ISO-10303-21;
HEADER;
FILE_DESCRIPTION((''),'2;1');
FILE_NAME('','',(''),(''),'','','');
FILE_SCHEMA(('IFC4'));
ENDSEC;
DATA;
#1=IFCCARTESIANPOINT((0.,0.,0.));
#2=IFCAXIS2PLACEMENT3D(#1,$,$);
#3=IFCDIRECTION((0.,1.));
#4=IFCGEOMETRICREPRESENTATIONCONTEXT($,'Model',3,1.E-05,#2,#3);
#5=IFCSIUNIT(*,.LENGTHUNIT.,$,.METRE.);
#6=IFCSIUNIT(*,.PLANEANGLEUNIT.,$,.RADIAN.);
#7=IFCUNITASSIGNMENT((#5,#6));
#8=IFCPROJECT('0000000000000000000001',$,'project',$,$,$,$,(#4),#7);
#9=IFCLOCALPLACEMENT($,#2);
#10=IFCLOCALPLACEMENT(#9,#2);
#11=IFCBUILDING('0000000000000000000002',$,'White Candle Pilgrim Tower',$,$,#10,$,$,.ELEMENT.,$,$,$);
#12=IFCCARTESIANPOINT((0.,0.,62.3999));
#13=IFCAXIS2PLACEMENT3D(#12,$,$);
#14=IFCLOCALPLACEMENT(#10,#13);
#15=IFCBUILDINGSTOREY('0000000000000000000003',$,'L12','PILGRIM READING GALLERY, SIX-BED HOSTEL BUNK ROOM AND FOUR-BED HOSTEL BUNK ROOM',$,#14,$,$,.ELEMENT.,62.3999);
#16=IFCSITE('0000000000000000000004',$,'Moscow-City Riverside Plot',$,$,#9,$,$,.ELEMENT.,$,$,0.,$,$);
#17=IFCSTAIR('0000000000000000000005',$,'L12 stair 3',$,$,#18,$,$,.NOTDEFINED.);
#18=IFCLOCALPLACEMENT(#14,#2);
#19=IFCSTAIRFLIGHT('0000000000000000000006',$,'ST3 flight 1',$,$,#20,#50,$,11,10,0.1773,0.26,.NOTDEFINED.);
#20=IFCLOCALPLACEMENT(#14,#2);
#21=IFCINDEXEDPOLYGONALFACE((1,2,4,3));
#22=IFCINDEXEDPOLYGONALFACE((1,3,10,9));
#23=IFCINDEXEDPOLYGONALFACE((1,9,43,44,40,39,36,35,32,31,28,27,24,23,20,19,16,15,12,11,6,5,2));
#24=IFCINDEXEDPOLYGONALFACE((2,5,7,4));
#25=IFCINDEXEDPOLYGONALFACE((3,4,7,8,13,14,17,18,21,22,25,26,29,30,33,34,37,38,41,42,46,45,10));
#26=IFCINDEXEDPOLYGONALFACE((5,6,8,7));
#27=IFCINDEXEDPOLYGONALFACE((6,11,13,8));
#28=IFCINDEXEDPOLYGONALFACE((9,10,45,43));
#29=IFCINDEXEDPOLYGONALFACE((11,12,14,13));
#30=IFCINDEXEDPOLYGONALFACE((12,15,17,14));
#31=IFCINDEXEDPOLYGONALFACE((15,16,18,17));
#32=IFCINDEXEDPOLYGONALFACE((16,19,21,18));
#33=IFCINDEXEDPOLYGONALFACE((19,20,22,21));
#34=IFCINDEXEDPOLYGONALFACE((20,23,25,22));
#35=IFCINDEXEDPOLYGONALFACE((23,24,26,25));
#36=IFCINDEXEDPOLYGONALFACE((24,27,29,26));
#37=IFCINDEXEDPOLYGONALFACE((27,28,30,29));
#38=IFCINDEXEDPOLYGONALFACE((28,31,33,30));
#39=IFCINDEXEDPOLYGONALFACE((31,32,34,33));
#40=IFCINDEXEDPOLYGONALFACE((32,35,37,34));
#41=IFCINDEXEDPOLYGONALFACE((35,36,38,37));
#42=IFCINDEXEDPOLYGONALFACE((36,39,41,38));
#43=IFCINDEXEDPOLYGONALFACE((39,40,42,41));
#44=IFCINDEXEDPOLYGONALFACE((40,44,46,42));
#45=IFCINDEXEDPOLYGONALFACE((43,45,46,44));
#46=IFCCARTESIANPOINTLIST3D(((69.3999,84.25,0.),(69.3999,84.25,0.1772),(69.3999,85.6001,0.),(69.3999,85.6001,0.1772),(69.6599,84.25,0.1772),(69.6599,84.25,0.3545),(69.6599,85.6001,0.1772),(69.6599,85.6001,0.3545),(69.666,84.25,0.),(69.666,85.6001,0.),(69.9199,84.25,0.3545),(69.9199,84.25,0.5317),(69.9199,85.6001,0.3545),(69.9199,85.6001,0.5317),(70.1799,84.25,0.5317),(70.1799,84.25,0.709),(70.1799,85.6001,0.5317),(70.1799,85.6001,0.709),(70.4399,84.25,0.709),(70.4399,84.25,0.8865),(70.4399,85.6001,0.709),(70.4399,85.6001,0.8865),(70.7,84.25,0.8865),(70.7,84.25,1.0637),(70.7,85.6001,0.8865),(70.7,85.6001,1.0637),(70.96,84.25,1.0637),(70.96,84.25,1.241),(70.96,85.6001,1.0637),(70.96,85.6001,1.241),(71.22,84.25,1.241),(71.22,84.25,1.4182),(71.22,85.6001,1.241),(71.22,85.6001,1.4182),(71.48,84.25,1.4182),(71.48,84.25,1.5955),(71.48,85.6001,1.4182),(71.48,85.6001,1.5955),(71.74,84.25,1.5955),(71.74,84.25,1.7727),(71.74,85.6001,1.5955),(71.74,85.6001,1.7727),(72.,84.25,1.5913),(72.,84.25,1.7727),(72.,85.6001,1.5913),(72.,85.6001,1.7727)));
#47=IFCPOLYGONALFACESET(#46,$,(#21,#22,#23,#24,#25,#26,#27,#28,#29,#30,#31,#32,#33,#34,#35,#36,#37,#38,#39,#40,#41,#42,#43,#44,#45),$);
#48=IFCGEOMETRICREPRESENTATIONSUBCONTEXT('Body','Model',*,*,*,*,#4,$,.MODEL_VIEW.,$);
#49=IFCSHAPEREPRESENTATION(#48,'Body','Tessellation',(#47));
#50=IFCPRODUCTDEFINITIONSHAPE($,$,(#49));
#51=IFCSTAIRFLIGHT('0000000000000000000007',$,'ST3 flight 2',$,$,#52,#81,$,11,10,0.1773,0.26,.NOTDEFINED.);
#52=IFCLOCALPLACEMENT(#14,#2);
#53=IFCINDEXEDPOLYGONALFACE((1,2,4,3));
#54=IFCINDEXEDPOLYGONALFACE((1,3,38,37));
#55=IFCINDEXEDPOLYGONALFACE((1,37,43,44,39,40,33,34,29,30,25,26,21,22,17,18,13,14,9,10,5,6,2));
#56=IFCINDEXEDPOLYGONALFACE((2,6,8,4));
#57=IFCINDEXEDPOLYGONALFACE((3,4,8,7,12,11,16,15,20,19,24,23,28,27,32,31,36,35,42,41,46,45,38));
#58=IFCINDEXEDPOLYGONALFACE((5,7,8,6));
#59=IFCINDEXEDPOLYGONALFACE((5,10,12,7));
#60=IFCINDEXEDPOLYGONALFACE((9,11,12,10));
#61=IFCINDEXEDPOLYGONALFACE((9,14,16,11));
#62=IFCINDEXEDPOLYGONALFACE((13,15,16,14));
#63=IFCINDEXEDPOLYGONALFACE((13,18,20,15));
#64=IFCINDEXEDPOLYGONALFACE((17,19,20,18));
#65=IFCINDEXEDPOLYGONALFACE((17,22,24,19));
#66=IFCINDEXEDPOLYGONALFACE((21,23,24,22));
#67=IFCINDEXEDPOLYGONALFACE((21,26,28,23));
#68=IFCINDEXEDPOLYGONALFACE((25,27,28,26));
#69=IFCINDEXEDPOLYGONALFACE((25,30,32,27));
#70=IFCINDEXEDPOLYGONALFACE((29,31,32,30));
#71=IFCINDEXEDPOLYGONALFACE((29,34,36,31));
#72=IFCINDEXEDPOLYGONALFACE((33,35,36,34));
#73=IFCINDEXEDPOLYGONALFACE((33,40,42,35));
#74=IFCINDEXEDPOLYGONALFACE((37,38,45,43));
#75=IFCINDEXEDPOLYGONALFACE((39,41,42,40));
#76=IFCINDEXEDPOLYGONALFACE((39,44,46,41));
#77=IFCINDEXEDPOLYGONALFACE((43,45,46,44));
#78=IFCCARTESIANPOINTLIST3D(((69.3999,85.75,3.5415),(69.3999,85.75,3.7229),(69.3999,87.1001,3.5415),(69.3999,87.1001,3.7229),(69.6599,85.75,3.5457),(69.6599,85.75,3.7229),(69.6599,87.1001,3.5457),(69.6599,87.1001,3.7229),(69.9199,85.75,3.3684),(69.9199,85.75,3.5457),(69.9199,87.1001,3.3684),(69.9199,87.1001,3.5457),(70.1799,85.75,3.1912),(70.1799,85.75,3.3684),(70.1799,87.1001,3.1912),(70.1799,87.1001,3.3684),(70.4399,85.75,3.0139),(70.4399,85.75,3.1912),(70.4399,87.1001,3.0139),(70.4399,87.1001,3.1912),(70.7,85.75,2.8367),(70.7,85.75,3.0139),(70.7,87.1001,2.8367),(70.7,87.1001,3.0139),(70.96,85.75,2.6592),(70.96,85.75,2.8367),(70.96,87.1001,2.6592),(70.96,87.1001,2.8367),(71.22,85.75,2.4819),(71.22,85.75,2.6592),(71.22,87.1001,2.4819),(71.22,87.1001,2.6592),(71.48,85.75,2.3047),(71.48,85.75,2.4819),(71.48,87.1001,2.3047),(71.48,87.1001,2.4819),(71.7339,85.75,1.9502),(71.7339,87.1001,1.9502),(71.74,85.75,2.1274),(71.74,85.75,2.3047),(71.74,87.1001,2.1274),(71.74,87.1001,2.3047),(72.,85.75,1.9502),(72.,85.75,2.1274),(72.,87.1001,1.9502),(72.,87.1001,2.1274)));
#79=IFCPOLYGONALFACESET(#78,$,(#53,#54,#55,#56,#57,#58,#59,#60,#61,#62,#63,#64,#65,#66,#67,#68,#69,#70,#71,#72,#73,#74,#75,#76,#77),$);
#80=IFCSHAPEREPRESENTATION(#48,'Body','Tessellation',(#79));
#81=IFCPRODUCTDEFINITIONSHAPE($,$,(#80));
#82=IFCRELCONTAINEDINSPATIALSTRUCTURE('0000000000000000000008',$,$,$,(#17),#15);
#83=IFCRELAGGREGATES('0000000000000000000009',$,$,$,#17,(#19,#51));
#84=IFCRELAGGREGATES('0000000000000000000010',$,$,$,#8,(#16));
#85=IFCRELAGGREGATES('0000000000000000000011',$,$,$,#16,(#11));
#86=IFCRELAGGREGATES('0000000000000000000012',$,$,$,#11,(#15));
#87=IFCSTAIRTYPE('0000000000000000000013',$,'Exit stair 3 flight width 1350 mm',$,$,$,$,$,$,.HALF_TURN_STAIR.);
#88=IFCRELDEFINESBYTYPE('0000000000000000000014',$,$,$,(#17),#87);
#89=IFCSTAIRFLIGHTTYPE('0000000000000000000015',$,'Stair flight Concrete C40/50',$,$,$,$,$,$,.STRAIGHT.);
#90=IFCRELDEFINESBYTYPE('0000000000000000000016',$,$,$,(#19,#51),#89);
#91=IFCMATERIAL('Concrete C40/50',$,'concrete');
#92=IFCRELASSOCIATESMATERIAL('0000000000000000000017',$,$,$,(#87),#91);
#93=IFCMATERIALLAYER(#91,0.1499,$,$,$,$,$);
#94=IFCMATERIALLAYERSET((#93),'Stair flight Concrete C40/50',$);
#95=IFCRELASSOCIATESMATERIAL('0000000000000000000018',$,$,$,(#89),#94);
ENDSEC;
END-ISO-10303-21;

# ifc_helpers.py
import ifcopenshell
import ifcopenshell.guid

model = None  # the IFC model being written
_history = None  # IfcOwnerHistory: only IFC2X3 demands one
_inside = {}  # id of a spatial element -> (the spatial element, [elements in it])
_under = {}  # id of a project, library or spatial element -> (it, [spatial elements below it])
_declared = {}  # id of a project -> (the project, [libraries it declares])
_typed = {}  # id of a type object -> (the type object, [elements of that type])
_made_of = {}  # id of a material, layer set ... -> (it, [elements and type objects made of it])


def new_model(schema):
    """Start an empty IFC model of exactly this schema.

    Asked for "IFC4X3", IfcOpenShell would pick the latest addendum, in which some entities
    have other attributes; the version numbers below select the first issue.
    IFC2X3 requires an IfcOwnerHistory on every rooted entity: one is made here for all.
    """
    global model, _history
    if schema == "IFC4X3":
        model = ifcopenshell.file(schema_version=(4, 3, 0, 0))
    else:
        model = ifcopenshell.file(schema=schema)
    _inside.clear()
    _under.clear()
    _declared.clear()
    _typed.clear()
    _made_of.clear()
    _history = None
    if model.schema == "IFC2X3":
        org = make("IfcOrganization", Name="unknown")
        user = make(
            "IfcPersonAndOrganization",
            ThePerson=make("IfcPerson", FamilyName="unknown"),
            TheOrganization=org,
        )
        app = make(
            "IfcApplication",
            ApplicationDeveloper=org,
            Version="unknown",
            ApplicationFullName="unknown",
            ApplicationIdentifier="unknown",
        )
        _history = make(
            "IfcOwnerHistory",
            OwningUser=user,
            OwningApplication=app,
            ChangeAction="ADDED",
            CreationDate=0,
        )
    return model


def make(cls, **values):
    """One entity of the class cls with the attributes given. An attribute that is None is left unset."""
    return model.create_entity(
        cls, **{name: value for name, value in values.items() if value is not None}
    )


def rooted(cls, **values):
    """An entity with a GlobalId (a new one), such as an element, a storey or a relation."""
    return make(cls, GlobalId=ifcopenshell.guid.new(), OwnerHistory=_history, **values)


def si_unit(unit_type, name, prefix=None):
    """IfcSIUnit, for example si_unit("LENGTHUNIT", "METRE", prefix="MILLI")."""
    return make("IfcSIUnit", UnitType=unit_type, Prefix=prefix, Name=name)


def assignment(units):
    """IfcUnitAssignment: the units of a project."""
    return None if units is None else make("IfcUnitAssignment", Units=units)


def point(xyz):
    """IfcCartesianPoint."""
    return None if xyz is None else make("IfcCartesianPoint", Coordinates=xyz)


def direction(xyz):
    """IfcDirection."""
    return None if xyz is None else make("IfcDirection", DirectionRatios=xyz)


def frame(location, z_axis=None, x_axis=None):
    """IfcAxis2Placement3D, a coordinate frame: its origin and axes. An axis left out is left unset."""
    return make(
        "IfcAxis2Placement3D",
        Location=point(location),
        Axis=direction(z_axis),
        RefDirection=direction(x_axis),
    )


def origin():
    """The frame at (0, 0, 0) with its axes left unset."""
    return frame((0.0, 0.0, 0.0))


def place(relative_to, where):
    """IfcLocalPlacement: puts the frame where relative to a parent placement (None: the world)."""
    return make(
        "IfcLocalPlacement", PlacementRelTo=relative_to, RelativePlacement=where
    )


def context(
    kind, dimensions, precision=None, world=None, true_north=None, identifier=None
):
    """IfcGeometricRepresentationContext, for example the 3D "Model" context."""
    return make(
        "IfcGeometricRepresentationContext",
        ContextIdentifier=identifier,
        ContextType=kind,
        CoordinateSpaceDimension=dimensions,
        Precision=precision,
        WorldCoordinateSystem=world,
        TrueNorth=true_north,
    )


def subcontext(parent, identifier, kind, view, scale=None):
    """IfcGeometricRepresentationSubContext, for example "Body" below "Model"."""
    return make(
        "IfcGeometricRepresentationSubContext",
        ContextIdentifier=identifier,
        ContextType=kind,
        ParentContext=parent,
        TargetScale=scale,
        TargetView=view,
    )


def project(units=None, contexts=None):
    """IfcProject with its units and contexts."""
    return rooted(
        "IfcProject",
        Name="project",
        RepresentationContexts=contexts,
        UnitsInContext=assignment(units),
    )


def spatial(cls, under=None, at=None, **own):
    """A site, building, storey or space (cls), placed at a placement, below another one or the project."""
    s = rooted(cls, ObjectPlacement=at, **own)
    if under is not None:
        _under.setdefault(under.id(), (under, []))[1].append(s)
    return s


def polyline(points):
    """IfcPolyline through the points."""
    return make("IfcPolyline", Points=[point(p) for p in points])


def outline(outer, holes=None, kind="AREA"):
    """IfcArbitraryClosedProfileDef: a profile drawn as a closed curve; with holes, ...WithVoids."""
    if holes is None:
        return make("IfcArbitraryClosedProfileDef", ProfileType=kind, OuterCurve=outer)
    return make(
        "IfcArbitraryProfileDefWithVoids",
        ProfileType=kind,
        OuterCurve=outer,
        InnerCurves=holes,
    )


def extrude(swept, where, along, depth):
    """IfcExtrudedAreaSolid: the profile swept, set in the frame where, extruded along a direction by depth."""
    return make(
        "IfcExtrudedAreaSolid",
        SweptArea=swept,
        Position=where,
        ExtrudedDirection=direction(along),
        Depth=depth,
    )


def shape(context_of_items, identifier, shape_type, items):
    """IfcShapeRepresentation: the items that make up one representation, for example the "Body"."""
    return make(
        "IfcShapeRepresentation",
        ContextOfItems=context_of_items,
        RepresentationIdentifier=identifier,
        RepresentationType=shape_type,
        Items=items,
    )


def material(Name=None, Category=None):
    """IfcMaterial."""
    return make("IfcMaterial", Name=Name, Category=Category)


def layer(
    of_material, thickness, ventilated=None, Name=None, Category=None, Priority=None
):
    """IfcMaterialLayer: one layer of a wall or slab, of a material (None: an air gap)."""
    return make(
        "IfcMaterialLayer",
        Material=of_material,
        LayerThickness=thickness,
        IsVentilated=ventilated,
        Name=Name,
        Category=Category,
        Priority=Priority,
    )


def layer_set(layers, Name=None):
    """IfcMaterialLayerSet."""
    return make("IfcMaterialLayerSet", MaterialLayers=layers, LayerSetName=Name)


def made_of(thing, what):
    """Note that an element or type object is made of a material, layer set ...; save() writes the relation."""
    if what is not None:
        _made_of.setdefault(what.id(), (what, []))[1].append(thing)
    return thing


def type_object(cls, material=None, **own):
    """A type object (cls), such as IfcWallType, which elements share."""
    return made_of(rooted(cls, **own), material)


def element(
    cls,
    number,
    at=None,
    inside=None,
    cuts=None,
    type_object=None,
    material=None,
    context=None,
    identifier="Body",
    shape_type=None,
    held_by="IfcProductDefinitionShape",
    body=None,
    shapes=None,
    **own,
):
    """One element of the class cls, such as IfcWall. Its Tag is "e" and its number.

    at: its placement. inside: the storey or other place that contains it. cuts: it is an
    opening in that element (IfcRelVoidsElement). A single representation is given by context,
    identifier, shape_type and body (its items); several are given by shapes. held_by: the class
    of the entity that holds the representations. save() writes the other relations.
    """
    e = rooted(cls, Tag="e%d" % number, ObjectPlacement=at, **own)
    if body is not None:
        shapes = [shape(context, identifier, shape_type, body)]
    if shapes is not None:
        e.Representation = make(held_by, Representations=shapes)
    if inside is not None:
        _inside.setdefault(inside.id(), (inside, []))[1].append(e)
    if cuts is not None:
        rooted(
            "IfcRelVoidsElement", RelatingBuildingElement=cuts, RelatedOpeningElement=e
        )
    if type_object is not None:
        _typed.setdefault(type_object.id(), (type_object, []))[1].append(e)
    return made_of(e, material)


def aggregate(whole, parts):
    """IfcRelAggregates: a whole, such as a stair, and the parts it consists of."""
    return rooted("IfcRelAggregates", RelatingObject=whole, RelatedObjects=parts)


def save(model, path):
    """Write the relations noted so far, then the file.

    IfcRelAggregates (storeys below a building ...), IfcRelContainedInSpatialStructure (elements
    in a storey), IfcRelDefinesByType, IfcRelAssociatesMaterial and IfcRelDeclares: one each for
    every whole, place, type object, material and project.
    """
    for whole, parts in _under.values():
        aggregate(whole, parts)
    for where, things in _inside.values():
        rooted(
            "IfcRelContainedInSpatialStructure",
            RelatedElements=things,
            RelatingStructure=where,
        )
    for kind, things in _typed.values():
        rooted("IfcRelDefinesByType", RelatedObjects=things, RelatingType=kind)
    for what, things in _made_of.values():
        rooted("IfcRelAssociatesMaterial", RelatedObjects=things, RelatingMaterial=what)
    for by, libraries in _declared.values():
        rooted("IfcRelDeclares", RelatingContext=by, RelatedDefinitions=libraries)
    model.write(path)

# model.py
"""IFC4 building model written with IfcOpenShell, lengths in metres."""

from ifc_helpers import new_model, si_unit, direction, frame, origin, place, context, subcontext, project, spatial, polyline, outline, extrude, material, layer, layer_set, type_object, element, aggregate, save


model = new_model("IFC4")

# Units and contexts
model_context = context("Model", 3, precision=1e-05, world=origin(), true_north=direction((0.0, 1.0)))
body_context = subcontext(model_context, "Body", "Model", "MODEL_VIEW")
ifc_project = project(units=[si_unit("LENGTHUNIT", "METRE"), si_unit("PLANEANGLEUNIT", "RADIAN")], contexts=[model_context])

# Site, building, storey
site_placement = place(None, origin())
site = spatial("IfcSite", under=ifc_project, at=site_placement, Name="Moscow-City Riverside Plot", CompositionType="ELEMENT", RefElevation=0.0)
building_placement = place(site_placement, origin())
building = spatial("IfcBuilding", under=site, at=building_placement, Name="White Candle Pilgrim Tower", CompositionType="ELEMENT")
storey_placement = place(building_placement, frame((0.0, 0.0, 62.3999)))
storey = spatial("IfcBuildingStorey", under=building, at=storey_placement, Name="L12", Description="PILGRIM READING GALLERY, SIX-BED HOSTEL BUNK ROOM AND FOUR-BED HOSTEL BUNK ROOM", CompositionType="ELEMENT", Elevation=62.3999)

# Stair, stair flights
ifc_material_1 = material(Name="Concrete C40/50", Category="concrete")
stair_type = type_object("IfcStairType", Name="Exit stair 3 flight width 1350 mm", PredefinedType="HALF_TURN_STAIR", material=ifc_material_1)
stair_placement = place(storey_placement, origin())
stair = element("IfcStair", 1, at=stair_placement, inside=storey, type_object=stair_type, Name="L12 stair 3", PredefinedType="NOTDEFINED")
ifc_layer_1 = layer(ifc_material_1, 0.1499)
ifc_layer_set_1 = layer_set([ifc_layer_1], Name="Stair flight Concrete C40/50")
stair_flight_type = type_object("IfcStairFlightType", Name="Stair flight Concrete C40/50", PredefinedType="STRAIGHT", material=ifc_layer_set_1)
stair_flight_1_placement = place(storey_placement, frame((69.3999, 84.925, 0.0), z_axis=(0.0, 0.0, 1.0), x_axis=(1.0, 0.0, 0.0)))
stair_flight_1 = element("IfcStairFlight", 2, at=stair_flight_1_placement, type_object=stair_flight_type, Name="ST3 flight 1", NumberOfRisers=11, NumberOfTreads=10, PredefinedType="NOTDEFINED", RiserHeight=0.1773, TreadLength=0.26, context=body_context, shape_type="SweptSolid", body=[
    extrude(outline(polyline([(0.0, 0.0), (0.0, 0.1772), (0.26, 0.1772), (0.26, 0.3545), (0.52, 0.3545), (0.52, 0.5317), (0.78, 0.5317), (0.78, 0.709), (1.04, 0.709), (1.04, 0.8865), (1.3, 0.8865), (1.3, 1.0637), (1.5601, 1.0637), (1.5601, 1.241), (1.8201, 1.241), (1.8201, 1.4182), (2.0801, 1.4182), (2.0801, 1.5955), (2.3401, 1.5955), (2.3401, 1.7727), (2.6001, 1.7727), (2.6001, 1.95), (2.6001, 1.5913), (0.2661, 0.0), (0.0, 0.0)])), frame((0.0, 0.675, 0.0), z_axis=(0.0, -1.0, 0.0), x_axis=(1.0, 0.0, 0.0)), (0.0, 0.0, 1.0), 1.3501),
])
stair_flight_2_placement = place(storey_placement, frame((72.0, 86.425, 1.9502), z_axis=(0.0, 0.0, 1.0), x_axis=(-1.0, 0.0, 0.0)))
stair_flight_2 = element("IfcStairFlight", 3, at=stair_flight_2_placement, type_object=stair_flight_type, Name="ST3 flight 2", NumberOfRisers=11, NumberOfTreads=10, PredefinedType="NOTDEFINED", RiserHeight=0.1773, TreadLength=0.26, context=body_context, shape_type="SweptSolid", body=[
    extrude(outline(polyline([(0.0, 0.0), (0.0, 0.1772), (0.26, 0.1772), (0.26, 0.3545), (0.52, 0.3545), (0.52, 0.5317), (0.78, 0.5317), (0.78, 0.709), (1.04, 0.709), (1.04, 0.8865), (1.3, 0.8865), (1.3, 1.0637), (1.5601, 1.0637), (1.5601, 1.241), (1.8201, 1.241), (1.8201, 1.4182), (2.0801, 1.4182), (2.0801, 1.5955), (2.3401, 1.5955), (2.3401, 1.7727), (2.6001, 1.7727), (2.6001, 1.95), (2.6001, 1.5913), (0.2661, 0.0), (0.0, 0.0)])), frame((0.0, 0.675, 0.0), z_axis=(0.0, -1.0, 0.0), x_axis=(1.0, 0.0, 0.0)), (0.0, 0.0, 1.0), 1.3501),
])
aggregate(stair, [stair_flight_1, stair_flight_2])

save(model, "model.ifc")
